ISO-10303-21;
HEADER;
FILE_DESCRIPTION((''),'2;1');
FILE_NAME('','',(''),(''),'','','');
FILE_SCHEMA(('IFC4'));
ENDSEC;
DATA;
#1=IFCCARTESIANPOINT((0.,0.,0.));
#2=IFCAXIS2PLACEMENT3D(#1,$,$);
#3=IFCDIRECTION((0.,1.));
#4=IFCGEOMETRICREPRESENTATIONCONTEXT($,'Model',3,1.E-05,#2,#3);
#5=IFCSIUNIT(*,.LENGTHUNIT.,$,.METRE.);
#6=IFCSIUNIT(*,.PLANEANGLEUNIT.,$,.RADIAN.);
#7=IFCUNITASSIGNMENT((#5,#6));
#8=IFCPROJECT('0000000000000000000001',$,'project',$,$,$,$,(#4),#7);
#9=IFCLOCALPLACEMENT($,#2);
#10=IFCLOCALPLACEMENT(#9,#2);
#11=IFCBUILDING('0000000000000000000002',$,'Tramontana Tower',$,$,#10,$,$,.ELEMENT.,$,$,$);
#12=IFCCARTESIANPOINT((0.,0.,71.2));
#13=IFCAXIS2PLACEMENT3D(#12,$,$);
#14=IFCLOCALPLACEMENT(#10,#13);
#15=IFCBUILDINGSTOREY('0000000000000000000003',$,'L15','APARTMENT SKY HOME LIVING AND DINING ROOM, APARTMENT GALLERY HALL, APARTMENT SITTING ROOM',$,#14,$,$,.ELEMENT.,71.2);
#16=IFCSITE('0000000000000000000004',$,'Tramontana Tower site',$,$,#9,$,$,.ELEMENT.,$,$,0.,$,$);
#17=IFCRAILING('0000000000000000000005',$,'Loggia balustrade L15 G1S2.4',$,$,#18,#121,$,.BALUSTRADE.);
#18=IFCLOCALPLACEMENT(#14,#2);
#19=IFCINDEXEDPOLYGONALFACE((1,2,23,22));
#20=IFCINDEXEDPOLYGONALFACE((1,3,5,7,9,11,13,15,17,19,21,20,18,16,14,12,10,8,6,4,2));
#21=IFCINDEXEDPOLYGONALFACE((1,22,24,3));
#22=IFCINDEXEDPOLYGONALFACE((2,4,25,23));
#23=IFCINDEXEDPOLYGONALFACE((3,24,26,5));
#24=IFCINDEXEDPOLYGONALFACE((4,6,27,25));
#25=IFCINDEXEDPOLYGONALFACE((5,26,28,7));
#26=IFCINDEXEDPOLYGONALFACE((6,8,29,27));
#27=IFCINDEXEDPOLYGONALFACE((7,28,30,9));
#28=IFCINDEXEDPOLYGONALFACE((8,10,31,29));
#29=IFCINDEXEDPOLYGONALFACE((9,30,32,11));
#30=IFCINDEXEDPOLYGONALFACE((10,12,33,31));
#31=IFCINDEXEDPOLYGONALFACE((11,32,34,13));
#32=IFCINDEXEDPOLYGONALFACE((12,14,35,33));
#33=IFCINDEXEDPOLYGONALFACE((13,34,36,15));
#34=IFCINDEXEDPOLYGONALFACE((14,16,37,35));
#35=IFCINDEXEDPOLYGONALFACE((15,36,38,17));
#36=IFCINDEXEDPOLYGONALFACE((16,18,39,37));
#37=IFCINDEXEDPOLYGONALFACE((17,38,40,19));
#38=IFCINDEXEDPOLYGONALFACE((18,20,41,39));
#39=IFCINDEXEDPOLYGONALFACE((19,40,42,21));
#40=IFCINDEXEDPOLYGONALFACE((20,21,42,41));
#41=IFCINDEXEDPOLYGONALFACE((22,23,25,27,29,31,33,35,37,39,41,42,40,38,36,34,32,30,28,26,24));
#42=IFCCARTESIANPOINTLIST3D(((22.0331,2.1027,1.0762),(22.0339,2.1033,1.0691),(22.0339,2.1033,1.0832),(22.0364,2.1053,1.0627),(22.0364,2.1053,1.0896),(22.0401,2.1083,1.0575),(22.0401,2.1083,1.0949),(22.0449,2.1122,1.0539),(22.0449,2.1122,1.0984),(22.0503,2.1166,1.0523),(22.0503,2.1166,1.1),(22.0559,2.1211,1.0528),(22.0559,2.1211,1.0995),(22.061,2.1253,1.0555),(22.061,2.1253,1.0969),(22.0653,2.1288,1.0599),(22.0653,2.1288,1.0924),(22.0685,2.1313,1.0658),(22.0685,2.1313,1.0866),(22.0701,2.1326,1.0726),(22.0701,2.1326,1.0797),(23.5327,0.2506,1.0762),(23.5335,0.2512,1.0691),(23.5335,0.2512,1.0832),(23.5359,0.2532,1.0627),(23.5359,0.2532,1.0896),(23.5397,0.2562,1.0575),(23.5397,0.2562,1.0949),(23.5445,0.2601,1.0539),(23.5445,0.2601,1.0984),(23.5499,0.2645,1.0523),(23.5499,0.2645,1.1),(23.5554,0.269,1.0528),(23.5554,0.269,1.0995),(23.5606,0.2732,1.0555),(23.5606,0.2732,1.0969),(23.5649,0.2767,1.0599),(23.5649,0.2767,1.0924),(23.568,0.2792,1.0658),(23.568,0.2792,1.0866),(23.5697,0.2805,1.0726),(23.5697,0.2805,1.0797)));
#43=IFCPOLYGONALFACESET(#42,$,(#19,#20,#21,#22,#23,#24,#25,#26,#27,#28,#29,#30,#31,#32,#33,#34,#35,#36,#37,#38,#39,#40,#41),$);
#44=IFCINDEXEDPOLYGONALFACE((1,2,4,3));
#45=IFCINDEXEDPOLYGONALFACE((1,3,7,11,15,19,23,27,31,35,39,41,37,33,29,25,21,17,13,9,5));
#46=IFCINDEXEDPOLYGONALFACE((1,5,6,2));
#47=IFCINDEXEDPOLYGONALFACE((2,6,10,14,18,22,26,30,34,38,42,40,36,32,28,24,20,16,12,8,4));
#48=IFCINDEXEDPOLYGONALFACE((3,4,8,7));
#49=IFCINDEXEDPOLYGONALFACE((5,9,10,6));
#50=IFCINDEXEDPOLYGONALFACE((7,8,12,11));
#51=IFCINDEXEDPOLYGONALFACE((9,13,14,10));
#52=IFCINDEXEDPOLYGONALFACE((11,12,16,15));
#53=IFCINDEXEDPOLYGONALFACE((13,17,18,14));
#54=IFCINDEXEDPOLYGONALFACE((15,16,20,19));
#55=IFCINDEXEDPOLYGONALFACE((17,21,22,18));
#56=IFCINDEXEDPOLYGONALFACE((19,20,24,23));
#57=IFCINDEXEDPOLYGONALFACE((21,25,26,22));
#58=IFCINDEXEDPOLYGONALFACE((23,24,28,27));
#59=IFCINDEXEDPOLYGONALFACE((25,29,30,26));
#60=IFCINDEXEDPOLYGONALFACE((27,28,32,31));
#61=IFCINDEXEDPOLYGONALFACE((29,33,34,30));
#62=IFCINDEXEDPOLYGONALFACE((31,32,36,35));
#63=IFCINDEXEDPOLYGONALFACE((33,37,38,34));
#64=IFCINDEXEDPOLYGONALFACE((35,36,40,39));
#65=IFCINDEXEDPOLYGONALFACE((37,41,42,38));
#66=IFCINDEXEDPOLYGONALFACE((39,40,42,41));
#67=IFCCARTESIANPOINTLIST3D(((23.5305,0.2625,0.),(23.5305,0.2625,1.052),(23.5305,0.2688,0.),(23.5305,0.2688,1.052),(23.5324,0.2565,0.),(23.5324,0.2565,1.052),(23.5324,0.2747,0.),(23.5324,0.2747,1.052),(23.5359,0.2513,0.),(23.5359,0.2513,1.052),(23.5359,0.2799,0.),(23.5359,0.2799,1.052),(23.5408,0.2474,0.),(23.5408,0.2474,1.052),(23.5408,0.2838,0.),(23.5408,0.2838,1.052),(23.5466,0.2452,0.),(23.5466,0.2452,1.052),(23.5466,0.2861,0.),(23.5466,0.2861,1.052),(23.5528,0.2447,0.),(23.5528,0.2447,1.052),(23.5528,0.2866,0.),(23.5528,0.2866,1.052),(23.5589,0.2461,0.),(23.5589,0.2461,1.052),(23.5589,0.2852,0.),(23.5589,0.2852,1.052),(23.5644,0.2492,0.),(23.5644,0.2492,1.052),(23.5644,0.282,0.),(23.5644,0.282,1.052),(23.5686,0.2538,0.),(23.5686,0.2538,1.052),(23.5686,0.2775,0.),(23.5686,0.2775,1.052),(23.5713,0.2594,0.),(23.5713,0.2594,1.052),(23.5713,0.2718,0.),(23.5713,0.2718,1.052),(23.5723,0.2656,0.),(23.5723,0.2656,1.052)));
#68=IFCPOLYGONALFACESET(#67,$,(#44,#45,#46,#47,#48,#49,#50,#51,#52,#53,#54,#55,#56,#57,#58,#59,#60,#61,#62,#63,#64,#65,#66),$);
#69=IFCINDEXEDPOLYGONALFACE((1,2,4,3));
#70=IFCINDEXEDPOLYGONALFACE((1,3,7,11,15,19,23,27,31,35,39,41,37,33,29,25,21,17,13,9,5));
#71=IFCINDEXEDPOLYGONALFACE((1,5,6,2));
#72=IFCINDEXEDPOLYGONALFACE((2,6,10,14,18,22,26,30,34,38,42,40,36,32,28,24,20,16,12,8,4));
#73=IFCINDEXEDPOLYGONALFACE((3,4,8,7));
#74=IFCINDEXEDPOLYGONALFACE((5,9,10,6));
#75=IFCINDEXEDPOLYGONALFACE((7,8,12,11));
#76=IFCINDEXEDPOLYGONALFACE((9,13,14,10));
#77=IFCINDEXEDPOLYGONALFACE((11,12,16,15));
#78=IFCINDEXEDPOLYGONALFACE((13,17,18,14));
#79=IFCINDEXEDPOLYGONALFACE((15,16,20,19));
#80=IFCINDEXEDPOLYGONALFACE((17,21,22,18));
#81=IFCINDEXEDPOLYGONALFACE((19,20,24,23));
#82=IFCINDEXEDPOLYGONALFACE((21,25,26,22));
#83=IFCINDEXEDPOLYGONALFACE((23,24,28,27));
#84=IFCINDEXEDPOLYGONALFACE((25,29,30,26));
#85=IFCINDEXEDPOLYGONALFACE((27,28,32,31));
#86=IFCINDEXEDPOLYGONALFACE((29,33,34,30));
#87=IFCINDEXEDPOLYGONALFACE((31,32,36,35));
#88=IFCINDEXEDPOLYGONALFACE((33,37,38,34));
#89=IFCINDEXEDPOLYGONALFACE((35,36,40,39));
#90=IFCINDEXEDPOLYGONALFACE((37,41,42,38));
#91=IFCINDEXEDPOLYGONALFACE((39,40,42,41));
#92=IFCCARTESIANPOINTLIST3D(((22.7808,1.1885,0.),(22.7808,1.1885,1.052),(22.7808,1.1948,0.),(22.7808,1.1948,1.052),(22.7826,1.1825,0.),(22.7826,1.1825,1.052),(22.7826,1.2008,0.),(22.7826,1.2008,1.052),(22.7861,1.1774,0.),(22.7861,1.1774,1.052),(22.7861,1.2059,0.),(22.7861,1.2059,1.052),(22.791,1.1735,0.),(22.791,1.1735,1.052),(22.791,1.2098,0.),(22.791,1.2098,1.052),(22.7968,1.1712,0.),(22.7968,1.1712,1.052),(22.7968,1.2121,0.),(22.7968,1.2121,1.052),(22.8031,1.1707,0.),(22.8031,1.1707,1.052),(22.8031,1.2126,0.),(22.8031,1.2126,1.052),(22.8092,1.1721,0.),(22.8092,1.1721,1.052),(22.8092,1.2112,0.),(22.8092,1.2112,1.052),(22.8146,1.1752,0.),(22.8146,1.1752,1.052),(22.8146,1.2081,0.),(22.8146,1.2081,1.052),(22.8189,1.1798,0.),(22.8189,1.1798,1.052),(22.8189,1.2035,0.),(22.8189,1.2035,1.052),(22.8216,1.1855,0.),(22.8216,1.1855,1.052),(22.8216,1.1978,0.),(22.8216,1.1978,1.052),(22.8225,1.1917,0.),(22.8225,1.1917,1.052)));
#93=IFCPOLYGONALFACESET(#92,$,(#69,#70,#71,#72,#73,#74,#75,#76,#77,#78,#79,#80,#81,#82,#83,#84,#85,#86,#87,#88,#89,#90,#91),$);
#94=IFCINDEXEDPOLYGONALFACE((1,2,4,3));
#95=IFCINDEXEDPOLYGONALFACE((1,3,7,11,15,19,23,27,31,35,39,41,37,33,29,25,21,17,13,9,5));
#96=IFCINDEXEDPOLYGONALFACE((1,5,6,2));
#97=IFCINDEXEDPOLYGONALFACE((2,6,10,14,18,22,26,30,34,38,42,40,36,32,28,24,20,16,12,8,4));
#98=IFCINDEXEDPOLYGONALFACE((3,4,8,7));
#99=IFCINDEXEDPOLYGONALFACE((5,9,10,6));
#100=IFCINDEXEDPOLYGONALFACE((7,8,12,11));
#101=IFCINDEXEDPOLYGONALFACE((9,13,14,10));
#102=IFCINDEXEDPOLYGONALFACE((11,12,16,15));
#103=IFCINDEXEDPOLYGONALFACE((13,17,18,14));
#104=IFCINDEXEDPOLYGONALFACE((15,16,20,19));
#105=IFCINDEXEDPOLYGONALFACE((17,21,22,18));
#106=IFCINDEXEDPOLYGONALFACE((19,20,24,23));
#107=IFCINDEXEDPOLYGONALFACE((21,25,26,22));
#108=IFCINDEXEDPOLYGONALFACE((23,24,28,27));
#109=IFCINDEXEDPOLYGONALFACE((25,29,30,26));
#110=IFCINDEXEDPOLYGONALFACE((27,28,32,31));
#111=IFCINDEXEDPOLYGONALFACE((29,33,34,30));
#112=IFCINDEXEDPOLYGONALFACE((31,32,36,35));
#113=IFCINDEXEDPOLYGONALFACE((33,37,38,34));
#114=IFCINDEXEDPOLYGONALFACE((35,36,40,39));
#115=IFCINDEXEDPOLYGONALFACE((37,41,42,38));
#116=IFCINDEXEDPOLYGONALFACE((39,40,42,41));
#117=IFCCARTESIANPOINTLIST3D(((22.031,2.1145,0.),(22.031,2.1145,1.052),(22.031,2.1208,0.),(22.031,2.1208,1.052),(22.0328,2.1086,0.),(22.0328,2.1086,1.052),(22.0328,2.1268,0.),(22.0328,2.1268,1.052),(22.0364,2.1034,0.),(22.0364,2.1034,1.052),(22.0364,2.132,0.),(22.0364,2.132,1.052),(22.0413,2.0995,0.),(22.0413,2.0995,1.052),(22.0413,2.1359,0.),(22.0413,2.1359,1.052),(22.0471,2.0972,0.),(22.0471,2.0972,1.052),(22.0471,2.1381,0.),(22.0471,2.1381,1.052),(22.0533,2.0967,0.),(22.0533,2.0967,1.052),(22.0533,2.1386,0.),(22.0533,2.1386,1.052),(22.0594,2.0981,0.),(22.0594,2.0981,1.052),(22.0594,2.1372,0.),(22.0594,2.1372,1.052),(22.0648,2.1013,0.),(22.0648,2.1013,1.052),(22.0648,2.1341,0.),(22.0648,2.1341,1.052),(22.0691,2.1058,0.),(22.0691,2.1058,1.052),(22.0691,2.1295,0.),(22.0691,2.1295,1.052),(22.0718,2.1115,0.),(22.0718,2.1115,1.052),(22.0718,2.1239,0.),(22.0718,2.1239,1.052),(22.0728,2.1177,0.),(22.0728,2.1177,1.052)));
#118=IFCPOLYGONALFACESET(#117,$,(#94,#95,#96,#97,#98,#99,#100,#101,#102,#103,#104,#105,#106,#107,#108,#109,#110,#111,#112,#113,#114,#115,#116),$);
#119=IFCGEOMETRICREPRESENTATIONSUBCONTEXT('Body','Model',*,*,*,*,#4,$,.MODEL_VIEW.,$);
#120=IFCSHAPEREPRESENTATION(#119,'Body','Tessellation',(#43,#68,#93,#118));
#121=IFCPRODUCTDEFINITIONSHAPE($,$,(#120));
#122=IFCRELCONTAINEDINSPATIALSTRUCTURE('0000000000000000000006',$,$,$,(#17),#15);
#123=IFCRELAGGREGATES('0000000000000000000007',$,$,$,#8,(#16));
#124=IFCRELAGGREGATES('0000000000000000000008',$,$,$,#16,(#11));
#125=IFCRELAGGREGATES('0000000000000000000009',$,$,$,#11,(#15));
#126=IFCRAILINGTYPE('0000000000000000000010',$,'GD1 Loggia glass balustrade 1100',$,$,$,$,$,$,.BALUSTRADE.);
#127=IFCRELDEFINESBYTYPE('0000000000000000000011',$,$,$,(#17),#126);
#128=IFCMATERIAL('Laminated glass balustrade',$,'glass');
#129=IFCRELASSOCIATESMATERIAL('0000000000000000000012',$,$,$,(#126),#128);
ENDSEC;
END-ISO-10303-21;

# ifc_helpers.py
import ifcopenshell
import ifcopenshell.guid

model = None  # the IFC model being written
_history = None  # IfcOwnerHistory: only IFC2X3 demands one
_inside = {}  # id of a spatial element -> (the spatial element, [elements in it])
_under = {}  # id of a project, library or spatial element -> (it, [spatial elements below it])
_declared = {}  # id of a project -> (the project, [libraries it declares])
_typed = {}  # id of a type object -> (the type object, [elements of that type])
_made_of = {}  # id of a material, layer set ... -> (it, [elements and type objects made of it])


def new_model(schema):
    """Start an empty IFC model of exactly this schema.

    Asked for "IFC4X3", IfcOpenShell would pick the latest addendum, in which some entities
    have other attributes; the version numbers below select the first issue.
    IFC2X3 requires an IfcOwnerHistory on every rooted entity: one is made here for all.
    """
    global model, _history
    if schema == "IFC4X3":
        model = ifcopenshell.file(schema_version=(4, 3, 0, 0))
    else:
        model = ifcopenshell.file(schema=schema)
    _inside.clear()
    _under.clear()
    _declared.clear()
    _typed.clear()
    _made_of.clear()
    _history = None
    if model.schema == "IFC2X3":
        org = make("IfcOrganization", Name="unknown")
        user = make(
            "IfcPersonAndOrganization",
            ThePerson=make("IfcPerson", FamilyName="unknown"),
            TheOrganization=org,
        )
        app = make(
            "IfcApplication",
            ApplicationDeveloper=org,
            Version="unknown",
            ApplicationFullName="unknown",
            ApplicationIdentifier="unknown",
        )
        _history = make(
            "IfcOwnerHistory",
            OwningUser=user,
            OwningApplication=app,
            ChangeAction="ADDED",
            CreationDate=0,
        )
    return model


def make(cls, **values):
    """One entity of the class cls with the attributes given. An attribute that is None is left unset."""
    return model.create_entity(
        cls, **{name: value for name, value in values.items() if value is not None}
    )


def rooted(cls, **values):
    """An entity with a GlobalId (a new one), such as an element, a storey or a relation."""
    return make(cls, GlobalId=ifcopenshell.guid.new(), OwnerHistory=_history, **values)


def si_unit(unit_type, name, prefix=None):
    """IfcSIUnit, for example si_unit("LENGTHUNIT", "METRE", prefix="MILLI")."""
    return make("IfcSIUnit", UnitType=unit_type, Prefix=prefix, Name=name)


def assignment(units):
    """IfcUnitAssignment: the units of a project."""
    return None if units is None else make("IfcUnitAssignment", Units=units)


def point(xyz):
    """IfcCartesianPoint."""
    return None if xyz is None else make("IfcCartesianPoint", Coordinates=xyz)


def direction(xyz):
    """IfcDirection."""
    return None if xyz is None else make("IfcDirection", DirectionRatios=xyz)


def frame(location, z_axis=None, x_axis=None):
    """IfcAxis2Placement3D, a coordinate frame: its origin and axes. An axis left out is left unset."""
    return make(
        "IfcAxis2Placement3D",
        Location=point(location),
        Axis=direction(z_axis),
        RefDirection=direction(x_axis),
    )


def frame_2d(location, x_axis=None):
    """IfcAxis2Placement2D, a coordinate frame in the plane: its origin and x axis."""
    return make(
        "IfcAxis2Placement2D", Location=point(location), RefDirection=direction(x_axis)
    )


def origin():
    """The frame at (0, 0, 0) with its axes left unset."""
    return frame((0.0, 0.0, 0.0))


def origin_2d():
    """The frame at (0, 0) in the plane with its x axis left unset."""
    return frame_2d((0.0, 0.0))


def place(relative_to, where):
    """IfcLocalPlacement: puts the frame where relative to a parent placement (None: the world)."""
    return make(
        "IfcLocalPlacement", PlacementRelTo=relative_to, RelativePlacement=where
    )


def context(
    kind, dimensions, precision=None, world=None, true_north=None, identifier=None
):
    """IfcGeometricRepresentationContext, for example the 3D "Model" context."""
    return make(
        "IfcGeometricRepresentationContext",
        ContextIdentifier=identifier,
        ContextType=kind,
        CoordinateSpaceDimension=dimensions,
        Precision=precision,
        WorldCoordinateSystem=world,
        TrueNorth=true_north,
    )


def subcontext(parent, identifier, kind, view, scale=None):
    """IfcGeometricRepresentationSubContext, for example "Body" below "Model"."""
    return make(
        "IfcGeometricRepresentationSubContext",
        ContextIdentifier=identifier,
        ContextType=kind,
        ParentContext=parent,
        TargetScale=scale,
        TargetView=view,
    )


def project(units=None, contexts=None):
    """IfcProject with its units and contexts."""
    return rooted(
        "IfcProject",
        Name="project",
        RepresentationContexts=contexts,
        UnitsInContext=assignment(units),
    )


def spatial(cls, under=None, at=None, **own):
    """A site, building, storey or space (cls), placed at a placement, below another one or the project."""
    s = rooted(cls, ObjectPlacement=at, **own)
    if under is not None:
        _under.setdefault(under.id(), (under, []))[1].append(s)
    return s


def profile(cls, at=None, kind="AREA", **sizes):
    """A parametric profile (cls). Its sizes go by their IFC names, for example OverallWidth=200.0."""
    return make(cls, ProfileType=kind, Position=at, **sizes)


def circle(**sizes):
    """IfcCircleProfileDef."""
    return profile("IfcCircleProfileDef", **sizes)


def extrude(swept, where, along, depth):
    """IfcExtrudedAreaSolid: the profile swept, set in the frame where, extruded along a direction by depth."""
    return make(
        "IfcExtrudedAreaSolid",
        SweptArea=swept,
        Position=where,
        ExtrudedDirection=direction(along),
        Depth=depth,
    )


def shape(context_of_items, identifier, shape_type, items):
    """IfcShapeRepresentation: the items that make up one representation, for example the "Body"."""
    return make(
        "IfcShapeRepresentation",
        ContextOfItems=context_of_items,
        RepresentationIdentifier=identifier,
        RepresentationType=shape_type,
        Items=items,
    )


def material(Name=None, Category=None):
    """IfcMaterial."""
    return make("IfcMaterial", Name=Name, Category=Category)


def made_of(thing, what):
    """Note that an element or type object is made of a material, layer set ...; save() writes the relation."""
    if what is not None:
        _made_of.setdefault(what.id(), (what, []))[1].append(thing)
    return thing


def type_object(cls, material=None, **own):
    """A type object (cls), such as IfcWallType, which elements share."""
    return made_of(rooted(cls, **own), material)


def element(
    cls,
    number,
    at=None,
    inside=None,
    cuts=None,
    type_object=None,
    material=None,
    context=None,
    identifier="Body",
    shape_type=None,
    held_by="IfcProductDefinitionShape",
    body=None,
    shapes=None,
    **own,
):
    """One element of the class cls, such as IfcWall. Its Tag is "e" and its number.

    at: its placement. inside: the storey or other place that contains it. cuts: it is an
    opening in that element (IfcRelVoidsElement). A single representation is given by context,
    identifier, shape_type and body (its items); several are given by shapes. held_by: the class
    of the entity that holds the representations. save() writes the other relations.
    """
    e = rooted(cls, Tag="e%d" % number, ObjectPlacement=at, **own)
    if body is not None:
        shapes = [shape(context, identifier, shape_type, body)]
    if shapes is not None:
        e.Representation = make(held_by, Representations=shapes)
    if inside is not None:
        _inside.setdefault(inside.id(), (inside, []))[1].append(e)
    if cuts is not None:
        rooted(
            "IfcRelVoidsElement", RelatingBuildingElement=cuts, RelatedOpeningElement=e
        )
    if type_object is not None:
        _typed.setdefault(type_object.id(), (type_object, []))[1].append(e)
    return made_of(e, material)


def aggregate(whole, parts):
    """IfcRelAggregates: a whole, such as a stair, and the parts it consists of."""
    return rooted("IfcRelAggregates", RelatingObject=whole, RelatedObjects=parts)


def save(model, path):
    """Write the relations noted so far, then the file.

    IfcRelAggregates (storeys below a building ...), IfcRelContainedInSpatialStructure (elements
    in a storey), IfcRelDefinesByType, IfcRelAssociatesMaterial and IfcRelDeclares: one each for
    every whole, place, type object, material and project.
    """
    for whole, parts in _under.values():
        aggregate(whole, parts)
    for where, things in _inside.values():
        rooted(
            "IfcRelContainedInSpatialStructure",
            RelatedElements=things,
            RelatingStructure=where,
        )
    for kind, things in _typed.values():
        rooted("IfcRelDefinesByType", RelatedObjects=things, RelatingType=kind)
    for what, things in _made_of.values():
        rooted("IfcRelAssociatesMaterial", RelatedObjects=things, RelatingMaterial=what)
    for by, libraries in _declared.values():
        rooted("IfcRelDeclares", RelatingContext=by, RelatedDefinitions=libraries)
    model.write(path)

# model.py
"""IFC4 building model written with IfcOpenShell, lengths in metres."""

from ifc_helpers import new_model, si_unit, direction, frame, origin, origin_2d, place, context, subcontext, project, spatial, circle, extrude, material, type_object, element, save


model = new_model("IFC4")

# Units and contexts
model_context = context("Model", 3, precision=1e-05, world=origin(), true_north=direction((0.0, 1.0)))
body_context = subcontext(model_context, "Body", "Model", "MODEL_VIEW")
ifc_project = project(units=[si_unit("LENGTHUNIT", "METRE"), si_unit("PLANEANGLEUNIT", "RADIAN")], contexts=[model_context])

# Site, building, storey
site_placement = place(None, origin())
site = spatial("IfcSite", under=ifc_project, at=site_placement, Name="Tramontana Tower site", CompositionType="ELEMENT", RefElevation=0.0)
building_placement = place(site_placement, origin())
building = spatial("IfcBuilding", under=site, at=building_placement, Name="Tramontana Tower", CompositionType="ELEMENT")
storey_placement = place(building_placement, frame((0.0, 0.0, 71.2)))
storey = spatial("IfcBuildingStorey", under=building, at=storey_placement, Name="L15", Description="APARTMENT SKY HOME LIVING AND DINING ROOM, APARTMENT GALLERY HALL, APARTMENT SITTING ROOM", CompositionType="ELEMENT", Elevation=71.2)

# Railing
ifc_material_1 = material(Name="Laminated glass balustrade", Category="glass")
railing_type = type_object("IfcRailingType", Name="GD1 Loggia glass balustrade 1100", PredefinedType="BALUSTRADE", material=ifc_material_1)
railing_1_placement = place(storey_placement, frame((23.5513, 0.2656, 0.0)))
element("IfcRailing", 1, at=railing_1_placement, inside=storey, type_object=railing_type, Name="Loggia balustrade L15 G1S2.4", PredefinedType="BALUSTRADE", context=body_context, shape_type="SweptSolid", body=[
    extrude(circle(Radius=0.0239, at=origin_2d()), frame((0.0, 0.0, 1.0762), z_axis=(-0.629257, 0.777197, 0.0), x_axis=(-0.777197, -0.629257, 0.0)), (0.0, 0.0, 1.0), 2.3831),
    extrude(circle(Radius=0.021, at=origin_2d()), origin(), (0.0, 0.0, 1.0), 1.052),
    extrude(circle(Radius=0.021, at=origin_2d()), frame((-0.7498, 0.926, 0.0)), (0.0, 0.0, 1.0), 1.052),
    extrude(circle(Radius=0.021, at=origin_2d()), frame((-1.4995, 1.8521, 0.0)), (0.0, 0.0, 1.0), 1.052),
])

save(model, "model.ifc")
